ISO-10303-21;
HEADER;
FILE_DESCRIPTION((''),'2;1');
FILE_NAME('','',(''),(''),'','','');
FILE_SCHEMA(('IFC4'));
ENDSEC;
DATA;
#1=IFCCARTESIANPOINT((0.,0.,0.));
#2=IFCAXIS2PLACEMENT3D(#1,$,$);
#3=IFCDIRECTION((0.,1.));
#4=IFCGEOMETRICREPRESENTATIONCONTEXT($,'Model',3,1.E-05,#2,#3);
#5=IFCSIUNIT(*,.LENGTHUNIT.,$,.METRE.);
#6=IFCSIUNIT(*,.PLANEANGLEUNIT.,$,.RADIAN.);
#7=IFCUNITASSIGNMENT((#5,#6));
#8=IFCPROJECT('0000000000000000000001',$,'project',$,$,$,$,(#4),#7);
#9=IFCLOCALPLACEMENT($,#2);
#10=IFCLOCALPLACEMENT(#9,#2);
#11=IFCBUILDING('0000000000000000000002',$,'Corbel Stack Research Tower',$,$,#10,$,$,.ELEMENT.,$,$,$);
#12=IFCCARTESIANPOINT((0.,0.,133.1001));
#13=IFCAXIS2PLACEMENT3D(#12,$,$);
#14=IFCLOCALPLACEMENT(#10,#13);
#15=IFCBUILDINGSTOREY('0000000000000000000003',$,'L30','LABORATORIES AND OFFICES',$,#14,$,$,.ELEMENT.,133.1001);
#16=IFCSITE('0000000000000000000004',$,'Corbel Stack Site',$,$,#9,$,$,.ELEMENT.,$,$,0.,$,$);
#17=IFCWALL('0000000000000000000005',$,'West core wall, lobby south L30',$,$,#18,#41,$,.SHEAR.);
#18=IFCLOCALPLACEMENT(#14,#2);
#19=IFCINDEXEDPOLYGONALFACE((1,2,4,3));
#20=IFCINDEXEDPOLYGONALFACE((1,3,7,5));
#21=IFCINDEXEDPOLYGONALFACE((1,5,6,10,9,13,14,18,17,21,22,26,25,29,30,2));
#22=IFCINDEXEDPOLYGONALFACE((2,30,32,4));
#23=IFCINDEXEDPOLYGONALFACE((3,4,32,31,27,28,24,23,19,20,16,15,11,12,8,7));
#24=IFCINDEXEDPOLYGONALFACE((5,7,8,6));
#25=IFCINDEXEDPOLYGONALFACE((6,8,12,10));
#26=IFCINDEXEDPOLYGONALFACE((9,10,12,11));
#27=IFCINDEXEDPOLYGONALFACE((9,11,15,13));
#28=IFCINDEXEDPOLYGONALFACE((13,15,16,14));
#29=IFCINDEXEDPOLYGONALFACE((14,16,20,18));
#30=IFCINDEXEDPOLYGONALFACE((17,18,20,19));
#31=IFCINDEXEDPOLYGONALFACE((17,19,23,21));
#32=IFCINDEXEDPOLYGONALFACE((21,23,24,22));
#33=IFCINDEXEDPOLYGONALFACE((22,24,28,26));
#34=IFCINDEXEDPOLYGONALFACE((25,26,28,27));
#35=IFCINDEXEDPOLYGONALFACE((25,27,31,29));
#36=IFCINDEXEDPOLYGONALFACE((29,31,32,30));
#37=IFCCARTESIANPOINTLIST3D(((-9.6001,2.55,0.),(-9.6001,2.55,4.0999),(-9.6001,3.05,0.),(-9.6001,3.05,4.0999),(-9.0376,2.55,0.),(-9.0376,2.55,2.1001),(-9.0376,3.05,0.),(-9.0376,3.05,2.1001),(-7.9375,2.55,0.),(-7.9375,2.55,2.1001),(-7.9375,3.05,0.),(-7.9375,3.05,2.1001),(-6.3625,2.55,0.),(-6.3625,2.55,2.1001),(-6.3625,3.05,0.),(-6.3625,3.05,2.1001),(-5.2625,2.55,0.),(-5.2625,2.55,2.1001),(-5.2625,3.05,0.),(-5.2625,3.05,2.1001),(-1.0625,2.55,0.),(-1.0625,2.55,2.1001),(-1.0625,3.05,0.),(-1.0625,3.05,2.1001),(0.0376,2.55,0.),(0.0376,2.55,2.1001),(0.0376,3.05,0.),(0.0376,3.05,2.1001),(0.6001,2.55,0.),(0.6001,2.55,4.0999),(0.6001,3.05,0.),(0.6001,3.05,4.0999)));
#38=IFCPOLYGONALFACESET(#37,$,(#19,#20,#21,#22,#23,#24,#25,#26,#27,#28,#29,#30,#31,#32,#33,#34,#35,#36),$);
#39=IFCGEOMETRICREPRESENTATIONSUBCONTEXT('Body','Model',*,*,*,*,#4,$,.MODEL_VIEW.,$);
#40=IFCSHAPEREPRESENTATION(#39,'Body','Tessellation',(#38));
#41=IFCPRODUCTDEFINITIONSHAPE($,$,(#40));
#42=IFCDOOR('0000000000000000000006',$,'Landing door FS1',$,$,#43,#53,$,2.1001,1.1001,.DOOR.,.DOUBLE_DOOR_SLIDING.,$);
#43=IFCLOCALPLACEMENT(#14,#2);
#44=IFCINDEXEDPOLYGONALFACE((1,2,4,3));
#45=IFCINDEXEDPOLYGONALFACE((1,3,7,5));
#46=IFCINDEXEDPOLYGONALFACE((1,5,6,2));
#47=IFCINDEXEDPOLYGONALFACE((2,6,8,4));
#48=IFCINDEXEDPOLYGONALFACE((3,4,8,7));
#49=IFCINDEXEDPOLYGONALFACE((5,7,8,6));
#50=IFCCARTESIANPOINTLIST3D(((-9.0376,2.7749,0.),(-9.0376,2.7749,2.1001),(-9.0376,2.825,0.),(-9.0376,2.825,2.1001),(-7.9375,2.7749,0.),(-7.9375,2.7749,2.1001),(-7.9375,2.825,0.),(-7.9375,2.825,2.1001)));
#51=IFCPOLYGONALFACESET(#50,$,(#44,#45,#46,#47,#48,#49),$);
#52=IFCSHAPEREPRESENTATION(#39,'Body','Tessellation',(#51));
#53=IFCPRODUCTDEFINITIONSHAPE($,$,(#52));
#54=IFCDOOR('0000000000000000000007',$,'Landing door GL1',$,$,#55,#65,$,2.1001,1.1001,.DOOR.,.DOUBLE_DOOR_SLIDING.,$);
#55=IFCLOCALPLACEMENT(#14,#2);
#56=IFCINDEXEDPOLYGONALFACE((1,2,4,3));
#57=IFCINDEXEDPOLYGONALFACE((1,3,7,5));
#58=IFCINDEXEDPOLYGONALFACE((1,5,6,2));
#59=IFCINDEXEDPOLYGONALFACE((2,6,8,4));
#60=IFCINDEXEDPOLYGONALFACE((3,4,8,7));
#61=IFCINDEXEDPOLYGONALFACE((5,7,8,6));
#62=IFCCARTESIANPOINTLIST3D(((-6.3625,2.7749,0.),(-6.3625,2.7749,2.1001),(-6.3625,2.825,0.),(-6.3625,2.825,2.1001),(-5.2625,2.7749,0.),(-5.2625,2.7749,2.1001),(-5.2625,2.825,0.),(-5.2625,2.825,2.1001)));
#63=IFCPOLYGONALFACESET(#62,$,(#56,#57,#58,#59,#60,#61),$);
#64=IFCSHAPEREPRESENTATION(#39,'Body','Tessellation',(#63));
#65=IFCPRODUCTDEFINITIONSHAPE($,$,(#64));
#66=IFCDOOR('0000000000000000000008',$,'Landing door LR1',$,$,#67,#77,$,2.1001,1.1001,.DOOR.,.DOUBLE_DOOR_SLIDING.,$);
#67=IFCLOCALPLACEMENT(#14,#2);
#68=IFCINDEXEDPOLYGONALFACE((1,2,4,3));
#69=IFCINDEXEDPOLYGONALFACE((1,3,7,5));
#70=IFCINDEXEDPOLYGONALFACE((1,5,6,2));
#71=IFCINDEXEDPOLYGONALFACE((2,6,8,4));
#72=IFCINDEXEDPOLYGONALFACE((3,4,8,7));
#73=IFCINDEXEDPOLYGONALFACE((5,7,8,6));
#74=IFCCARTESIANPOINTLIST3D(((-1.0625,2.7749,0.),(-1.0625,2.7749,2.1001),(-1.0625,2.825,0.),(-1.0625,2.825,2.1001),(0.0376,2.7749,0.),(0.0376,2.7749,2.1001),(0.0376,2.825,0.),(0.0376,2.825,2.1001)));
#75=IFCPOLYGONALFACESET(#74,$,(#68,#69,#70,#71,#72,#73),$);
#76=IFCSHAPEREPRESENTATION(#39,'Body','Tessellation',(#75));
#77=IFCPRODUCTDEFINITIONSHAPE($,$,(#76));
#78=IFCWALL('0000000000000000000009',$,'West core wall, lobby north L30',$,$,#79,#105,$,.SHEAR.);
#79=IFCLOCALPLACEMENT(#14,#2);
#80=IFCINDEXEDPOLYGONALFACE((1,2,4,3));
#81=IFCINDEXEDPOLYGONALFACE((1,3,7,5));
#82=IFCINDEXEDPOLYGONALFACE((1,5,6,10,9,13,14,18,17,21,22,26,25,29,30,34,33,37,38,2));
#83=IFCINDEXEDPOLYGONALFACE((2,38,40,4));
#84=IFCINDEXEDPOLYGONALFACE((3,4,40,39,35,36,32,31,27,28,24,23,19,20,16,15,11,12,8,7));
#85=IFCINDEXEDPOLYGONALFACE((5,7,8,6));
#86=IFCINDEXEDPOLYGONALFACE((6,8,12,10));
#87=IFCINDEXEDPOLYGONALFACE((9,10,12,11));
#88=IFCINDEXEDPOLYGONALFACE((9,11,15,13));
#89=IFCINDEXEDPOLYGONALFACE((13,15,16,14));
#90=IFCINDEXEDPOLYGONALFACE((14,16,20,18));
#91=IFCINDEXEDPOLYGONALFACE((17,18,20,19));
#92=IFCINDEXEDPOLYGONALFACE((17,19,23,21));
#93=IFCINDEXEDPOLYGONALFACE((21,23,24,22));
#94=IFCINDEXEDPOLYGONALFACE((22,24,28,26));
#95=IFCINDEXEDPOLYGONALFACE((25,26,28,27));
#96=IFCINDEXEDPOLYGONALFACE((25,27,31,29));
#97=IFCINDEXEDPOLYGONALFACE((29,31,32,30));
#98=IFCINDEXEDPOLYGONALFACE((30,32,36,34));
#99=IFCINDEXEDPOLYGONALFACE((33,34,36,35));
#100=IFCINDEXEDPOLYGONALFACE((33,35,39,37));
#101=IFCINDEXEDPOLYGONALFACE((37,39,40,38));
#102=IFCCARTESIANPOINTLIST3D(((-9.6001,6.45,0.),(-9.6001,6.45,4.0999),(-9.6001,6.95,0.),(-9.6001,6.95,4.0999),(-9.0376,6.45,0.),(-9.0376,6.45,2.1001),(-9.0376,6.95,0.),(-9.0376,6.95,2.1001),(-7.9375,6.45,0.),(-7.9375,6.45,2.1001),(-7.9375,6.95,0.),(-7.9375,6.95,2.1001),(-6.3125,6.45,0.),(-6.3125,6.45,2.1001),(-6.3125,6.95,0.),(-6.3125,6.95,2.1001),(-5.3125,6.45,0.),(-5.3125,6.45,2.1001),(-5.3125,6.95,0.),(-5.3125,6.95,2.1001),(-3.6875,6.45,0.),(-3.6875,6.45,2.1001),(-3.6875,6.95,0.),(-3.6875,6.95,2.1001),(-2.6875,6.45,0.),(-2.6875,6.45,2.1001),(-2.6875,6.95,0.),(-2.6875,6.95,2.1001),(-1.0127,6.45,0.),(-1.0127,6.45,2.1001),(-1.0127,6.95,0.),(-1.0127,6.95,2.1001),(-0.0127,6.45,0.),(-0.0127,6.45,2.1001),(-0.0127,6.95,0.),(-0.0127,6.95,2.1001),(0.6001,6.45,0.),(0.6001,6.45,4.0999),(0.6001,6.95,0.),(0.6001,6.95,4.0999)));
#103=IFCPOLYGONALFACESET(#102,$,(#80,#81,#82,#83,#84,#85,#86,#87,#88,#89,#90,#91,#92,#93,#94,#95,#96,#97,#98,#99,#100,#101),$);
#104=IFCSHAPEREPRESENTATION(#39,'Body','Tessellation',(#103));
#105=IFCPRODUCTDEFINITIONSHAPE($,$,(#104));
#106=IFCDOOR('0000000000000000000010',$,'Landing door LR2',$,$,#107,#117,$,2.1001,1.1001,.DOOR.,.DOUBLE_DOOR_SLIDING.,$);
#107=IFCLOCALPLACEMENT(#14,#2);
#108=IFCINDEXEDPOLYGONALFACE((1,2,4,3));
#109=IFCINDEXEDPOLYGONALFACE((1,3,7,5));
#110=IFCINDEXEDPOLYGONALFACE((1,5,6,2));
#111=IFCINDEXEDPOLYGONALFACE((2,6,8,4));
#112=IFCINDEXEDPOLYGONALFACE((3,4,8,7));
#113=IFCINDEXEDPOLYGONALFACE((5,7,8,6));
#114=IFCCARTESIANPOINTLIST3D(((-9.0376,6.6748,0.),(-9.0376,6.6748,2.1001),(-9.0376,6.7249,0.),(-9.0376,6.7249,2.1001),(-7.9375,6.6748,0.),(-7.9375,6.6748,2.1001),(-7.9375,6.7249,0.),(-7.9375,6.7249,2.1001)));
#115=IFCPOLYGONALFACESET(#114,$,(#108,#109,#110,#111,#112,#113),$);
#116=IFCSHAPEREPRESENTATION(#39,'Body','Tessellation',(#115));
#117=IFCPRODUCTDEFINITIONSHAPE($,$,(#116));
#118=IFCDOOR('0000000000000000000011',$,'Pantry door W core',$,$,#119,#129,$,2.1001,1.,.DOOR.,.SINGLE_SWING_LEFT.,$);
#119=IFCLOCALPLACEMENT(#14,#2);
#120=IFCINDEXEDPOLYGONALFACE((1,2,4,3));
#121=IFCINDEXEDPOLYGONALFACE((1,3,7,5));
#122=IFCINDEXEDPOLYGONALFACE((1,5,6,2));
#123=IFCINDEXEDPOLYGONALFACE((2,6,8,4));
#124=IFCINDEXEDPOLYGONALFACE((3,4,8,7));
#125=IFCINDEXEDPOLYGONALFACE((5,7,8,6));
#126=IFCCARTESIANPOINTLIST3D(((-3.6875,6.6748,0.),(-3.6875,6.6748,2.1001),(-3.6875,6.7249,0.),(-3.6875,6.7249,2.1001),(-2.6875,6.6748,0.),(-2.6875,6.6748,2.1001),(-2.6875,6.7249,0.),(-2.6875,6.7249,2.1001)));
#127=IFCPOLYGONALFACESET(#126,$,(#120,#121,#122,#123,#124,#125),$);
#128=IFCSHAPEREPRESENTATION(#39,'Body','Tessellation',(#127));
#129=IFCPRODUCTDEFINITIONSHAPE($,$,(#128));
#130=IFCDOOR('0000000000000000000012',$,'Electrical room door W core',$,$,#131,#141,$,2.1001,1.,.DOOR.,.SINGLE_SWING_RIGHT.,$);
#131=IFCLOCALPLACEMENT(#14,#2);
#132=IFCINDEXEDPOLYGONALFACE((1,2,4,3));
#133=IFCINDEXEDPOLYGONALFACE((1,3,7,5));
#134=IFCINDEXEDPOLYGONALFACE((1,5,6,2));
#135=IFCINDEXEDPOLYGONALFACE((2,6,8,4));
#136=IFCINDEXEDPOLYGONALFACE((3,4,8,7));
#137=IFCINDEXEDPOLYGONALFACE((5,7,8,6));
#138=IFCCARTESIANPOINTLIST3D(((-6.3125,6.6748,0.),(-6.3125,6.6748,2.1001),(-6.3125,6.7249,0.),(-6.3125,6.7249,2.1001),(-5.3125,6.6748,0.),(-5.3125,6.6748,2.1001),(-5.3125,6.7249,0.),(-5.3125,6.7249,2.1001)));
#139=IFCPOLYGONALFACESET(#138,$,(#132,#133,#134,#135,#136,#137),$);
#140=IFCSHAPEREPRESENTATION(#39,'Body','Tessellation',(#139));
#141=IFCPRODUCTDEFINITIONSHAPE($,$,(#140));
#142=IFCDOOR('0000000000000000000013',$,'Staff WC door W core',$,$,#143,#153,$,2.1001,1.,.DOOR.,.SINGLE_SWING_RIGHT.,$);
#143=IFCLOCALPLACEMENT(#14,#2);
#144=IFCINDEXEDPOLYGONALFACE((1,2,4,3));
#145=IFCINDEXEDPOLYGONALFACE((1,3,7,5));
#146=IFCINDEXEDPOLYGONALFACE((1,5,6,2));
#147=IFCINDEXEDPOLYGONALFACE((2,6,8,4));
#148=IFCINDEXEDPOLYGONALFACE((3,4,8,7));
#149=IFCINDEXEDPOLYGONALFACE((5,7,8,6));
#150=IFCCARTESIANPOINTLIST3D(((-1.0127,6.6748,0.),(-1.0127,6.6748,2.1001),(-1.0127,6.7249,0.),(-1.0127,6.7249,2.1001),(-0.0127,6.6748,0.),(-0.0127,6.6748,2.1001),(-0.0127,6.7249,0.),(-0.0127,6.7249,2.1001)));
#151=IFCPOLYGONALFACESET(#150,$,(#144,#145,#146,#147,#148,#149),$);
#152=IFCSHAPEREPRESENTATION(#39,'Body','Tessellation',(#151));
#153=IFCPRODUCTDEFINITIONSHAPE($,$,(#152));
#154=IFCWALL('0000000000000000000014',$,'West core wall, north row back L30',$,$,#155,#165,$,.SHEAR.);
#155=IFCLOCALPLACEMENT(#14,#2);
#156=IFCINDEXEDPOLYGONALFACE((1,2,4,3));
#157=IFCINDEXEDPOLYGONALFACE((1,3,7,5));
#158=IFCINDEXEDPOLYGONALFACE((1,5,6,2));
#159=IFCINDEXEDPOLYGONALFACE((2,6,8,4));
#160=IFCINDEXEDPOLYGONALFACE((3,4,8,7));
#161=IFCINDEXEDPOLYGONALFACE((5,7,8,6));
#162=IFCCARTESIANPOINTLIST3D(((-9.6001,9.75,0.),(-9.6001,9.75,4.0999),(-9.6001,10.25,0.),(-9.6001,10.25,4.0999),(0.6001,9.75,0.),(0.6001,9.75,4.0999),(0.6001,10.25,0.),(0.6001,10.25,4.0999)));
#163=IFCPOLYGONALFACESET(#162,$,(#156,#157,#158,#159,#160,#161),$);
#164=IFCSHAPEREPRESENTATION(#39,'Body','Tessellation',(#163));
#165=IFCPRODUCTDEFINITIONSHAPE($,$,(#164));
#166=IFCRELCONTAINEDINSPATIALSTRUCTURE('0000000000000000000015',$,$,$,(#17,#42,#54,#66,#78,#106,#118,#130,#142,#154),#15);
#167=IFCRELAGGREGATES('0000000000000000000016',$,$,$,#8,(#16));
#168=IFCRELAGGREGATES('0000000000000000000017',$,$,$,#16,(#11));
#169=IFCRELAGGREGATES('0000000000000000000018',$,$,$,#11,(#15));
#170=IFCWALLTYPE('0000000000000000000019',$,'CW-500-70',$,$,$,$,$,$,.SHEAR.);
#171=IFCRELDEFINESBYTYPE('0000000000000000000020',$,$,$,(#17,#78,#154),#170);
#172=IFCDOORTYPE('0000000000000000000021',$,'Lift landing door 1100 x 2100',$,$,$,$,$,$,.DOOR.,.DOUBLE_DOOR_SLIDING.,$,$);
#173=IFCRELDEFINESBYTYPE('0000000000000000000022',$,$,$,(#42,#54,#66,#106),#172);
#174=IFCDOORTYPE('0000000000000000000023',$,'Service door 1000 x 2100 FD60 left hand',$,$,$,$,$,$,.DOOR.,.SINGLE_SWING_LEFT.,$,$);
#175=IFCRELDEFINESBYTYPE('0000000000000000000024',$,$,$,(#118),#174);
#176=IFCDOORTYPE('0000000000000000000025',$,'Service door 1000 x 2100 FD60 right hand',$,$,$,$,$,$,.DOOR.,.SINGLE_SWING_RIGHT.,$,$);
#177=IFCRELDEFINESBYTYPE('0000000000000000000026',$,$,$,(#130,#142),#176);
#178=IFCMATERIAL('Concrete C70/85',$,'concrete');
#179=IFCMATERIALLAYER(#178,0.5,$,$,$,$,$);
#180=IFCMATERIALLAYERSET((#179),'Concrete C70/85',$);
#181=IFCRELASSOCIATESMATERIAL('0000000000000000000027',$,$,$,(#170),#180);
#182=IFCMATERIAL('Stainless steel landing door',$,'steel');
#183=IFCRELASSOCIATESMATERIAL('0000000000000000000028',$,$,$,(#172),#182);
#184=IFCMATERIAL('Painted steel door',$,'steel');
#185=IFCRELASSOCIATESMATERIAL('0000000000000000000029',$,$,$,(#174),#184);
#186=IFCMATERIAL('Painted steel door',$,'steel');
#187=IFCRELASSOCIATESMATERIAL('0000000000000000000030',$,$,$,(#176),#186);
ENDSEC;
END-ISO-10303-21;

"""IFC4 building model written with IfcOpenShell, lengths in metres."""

from ifc_helpers import new_model, si_unit, direction, frame, frame_2d, origin, place, context, subcontext, project, spatial, rectangle, extrude, material, layer, layer_set, type_object, element, fill, save


model = new_model("IFC4")

# Units and contexts
model_context = context("Model", 3, precision=1e-05, world=origin(), true_north=direction((0.0, 1.0)))
body_context = subcontext(model_context, "Body", "Model", "MODEL_VIEW")
ifc_project = project(units=[si_unit("LENGTHUNIT", "METRE"), si_unit("PLANEANGLEUNIT", "RADIAN")], contexts=[model_context])

# Site, building, storey
site_placement = place(None, origin())
site = spatial("IfcSite", under=ifc_project, at=site_placement, Name="Corbel Stack Site", CompositionType="ELEMENT", RefElevation=0.0)
building_placement = place(site_placement, origin())
building = spatial("IfcBuilding", under=site, at=building_placement, Name="Corbel Stack Research Tower", CompositionType="ELEMENT")
storey_placement = place(building_placement, frame((0.0, 0.0, 133.1001)))
storey = spatial("IfcBuildingStorey", under=building, at=storey_placement, Name="L30", Description="LABORATORIES AND OFFICES", CompositionType="ELEMENT", Elevation=133.1001)

# Walls, openings, doors
ifc_material_1 = material(Name="Concrete C70/85", Category="concrete")
ifc_layer_1 = layer(ifc_material_1, 0.5)
ifc_layer_set_1 = layer_set([ifc_layer_1], Name="Concrete C70/85")
wall_type_1 = type_object("IfcWallType", Name="CW-500-70", PredefinedType="SHEAR", material=ifc_layer_set_1)
wall_1_placement = place(storey_placement, frame((-9.6001, 2.8, 0.0), z_axis=(0.0, 0.0, 1.0), x_axis=(1.0, 0.0, 0.0)))
wall_1 = element("IfcWall", 1, at=wall_1_placement, inside=storey, type_object=wall_type_1, Name="West core wall, lobby south L30", PredefinedType="SHEAR", context=body_context, shape_type="SweptSolid", body=[
    extrude(rectangle(XDim=10.2002, YDim=0.5, at=frame_2d((5.1001, 0.0))), origin(), (0.0, 0.0, 1.0), 4.0999),
])
opening_1_placement = place(wall_1_placement, frame((0.5625, 0.0, 0.0)))
opening_1 = element("IfcOpeningElement", 2, at=opening_1_placement, cuts=wall_1, PredefinedType="OPENING", context=body_context, shape_type="SweptSolid", body=[
    extrude(rectangle(XDim=1.1001, YDim=2.1001, at=frame_2d((0.55, 1.05))), frame((0.0, 0.26, 0.0), z_axis=(0.0, -1.0, 0.0), x_axis=(1.0, 0.0, 0.0)), (0.0, 0.0, 1.0), 0.52),
])
opening_2_placement = place(wall_1_placement, frame((3.2375, 0.0, 0.0)))
opening_2 = element("IfcOpeningElement", 3, at=opening_2_placement, cuts=wall_1, PredefinedType="OPENING", context=body_context, shape_type="SweptSolid", body=[
    extrude(rectangle(XDim=1.1001, YDim=2.1001, at=frame_2d((0.55, 1.05))), frame((0.0, 0.26, 0.0), z_axis=(0.0, -1.0, 0.0), x_axis=(1.0, 0.0, 0.0)), (0.0, 0.0, 1.0), 0.52),
])
opening_3_placement = place(wall_1_placement, frame((8.5376, 0.0, 0.0)))
opening_3 = element("IfcOpeningElement", 4, at=opening_3_placement, cuts=wall_1, PredefinedType="OPENING", context=body_context, shape_type="SweptSolid", body=[
    extrude(rectangle(XDim=1.1001, YDim=2.1001, at=frame_2d((0.55, 1.05))), frame((0.0, 0.26, 0.0), z_axis=(0.0, -1.0, 0.0), x_axis=(1.0, 0.0, 0.0)), (0.0, 0.0, 1.0), 0.52),
])
ifc_material_2 = material(Name="Stainless steel landing door", Category="steel")
door_type_1 = type_object("IfcDoorType", Name="Lift landing door 1100 x 2100", OperationType="DOUBLE_DOOR_SLIDING", PredefinedType="DOOR", material=ifc_material_2)
door_1_placement = place(opening_1_placement, origin())
door_1 = element("IfcDoor", 5, at=door_1_placement, inside=storey, type_object=door_type_1, Name="Landing door FS1", OperationType="DOUBLE_DOOR_SLIDING", OverallHeight=2.1001, OverallWidth=1.1001, PredefinedType="DOOR", context=body_context, shape_type="SweptSolid", body=[
    extrude(rectangle(XDim=1.1001, YDim=2.1001, at=frame_2d((0.55, 1.05))), frame((0.0, 0.0249, 0.0), z_axis=(0.0, -1.0, 0.0), x_axis=(1.0, 0.0, 0.0)), (0.0, 0.0, 1.0), 0.05),
])
fill(opening_1, door_1)
door_2_placement = place(opening_2_placement, origin())
door_2 = element("IfcDoor", 6, at=door_2_placement, inside=storey, type_object=door_type_1, Name="Landing door GL1", OperationType="DOUBLE_DOOR_SLIDING", OverallHeight=2.1001, OverallWidth=1.1001, PredefinedType="DOOR", context=body_context, shape_type="SweptSolid", body=[
    extrude(rectangle(XDim=1.1001, YDim=2.1001, at=frame_2d((0.55, 1.05))), frame((0.0, 0.0249, 0.0), z_axis=(0.0, -1.0, 0.0), x_axis=(1.0, 0.0, 0.0)), (0.0, 0.0, 1.0), 0.05),
])
fill(opening_2, door_2)
door_3_placement = place(opening_3_placement, origin())
door_3 = element("IfcDoor", 7, at=door_3_placement, inside=storey, type_object=door_type_1, Name="Landing door LR1", OperationType="DOUBLE_DOOR_SLIDING", OverallHeight=2.1001, OverallWidth=1.1001, PredefinedType="DOOR", context=body_context, shape_type="SweptSolid", body=[
    extrude(rectangle(XDim=1.1001, YDim=2.1001, at=frame_2d((0.55, 1.05))), frame((0.0, 0.0249, 0.0), z_axis=(0.0, -1.0, 0.0), x_axis=(1.0, 0.0, 0.0)), (0.0, 0.0, 1.0), 0.05),
])
fill(opening_3, door_3)
wall_2_placement = place(storey_placement, frame((-9.6001, 6.7, 0.0), z_axis=(0.0, 0.0, 1.0), x_axis=(1.0, 0.0, 0.0)))
wall_2 = element("IfcWall", 8, at=wall_2_placement, inside=storey, type_object=wall_type_1, Name="West core wall, lobby north L30", PredefinedType="SHEAR", context=body_context, shape_type="SweptSolid", body=[
    extrude(rectangle(XDim=10.2002, YDim=0.5, at=frame_2d((5.1001, 0.0))), origin(), (0.0, 0.0, 1.0), 4.0999),
])
opening_4_placement = place(wall_2_placement, frame((0.5625, 0.0, 0.0)))
opening_4 = element("IfcOpeningElement", 9, at=opening_4_placement, cuts=wall_2, PredefinedType="OPENING", context=body_context, shape_type="SweptSolid", body=[
    extrude(rectangle(XDim=1.1001, YDim=2.1001, at=frame_2d((0.55, 1.05))), frame((0.0, 0.26, 0.0), z_axis=(0.0, -1.0, 0.0), x_axis=(1.0, 0.0, 0.0)), (0.0, 0.0, 1.0), 0.52),
])
opening_5_placement = place(wall_2_placement, frame((3.2876, 0.0, 0.0)))
opening_5 = element("IfcOpeningElement", 10, at=opening_5_placement, cuts=wall_2, PredefinedType="OPENING", context=body_context, shape_type="SweptSolid", body=[
    extrude(rectangle(XDim=1.0, YDim=2.1001, at=frame_2d((0.5, 1.05))), frame((0.0, 0.26, 0.0), z_axis=(0.0, -1.0, 0.0), x_axis=(1.0, 0.0, 0.0)), (0.0, 0.0, 1.0), 0.52),
])
opening_6_placement = place(wall_2_placement, frame((5.9126, 0.0, 0.0)))
opening_6 = element("IfcOpeningElement", 11, at=opening_6_placement, cuts=wall_2, PredefinedType="OPENING", context=body_context, shape_type="SweptSolid", body=[
    extrude(rectangle(XDim=1.0, YDim=2.1001, at=frame_2d((0.5, 1.05))), frame((0.0, 0.26, 0.0), z_axis=(0.0, -1.0, 0.0), x_axis=(1.0, 0.0, 0.0)), (0.0, 0.0, 1.0), 0.52),
])
opening_7_placement = place(wall_2_placement, frame((8.5874, 0.0, 0.0)))
opening_7 = element("IfcOpeningElement", 12, at=opening_7_placement, cuts=wall_2, PredefinedType="OPENING", context=body_context, shape_type="SweptSolid", body=[
    extrude(rectangle(XDim=1.0, YDim=2.1001, at=frame_2d((0.5, 1.05))), frame((0.0, 0.26, 0.0), z_axis=(0.0, -1.0, 0.0), x_axis=(1.0, 0.0, 0.0)), (0.0, 0.0, 1.0), 0.52),
])
door_4_placement = place(opening_4_placement, origin())
door_4 = element("IfcDoor", 13, at=door_4_placement, inside=storey, type_object=door_type_1, Name="Landing door LR2", OperationType="DOUBLE_DOOR_SLIDING", OverallHeight=2.1001, OverallWidth=1.1001, PredefinedType="DOOR", context=body_context, shape_type="SweptSolid", body=[
    extrude(rectangle(XDim=1.1001, YDim=2.1001, at=frame_2d((0.55, 1.05))), frame((0.0, 0.0249, 0.0), z_axis=(0.0, -1.0, 0.0), x_axis=(1.0, 0.0, 0.0)), (0.0, 0.0, 1.0), 0.05),
])
fill(opening_4, door_4)
ifc_material_3 = material(Name="Painted steel door", Category="steel")
door_type_2 = type_object("IfcDoorType", Name="Service door 1000 x 2100 FD60 left hand", OperationType="SINGLE_SWING_LEFT", PredefinedType="DOOR", material=ifc_material_3)
door_5_placement = place(opening_6_placement, origin())
door_5 = element("IfcDoor", 14, at=door_5_placement, inside=storey, type_object=door_type_2, Name="Pantry door W core", OperationType="SINGLE_SWING_LEFT", OverallHeight=2.1001, OverallWidth=1.0, PredefinedType="DOOR", context=body_context, shape_type="SweptSolid", body=[
    extrude(rectangle(XDim=1.0, YDim=2.1001, at=frame_2d((0.5, 1.05))), frame((0.0, 0.0249, 0.0), z_axis=(0.0, -1.0, 0.0), x_axis=(1.0, 0.0, 0.0)), (0.0, 0.0, 1.0), 0.05),
])
fill(opening_6, door_5)
ifc_material_4 = material(Name="Painted steel door", Category="steel")
door_type_3 = type_object("IfcDoorType", Name="Service door 1000 x 2100 FD60 right hand", OperationType="SINGLE_SWING_RIGHT", PredefinedType="DOOR", material=ifc_material_4)
door_6_placement = place(opening_5_placement, origin())
door_6 = element("IfcDoor", 15, at=door_6_placement, inside=storey, type_object=door_type_3, Name="Electrical room door W core", OperationType="SINGLE_SWING_RIGHT", OverallHeight=2.1001, OverallWidth=1.0, PredefinedType="DOOR", context=body_context, shape_type="SweptSolid", body=[
    extrude(rectangle(XDim=1.0, YDim=2.1001, at=frame_2d((0.5, 1.05))), frame((0.0, 0.0249, 0.0), z_axis=(0.0, -1.0, 0.0), x_axis=(1.0, 0.0, 0.0)), (0.0, 0.0, 1.0), 0.05),
])
fill(opening_5, door_6)
door_7_placement = place(opening_7_placement, origin())
door_7 = element("IfcDoor", 16, at=door_7_placement, inside=storey, type_object=door_type_3, Name="Staff WC door W core", OperationType="SINGLE_SWING_RIGHT", OverallHeight=2.1001, OverallWidth=1.0, PredefinedType="DOOR", context=body_context, shape_type="SweptSolid", body=[
    extrude(rectangle(XDim=1.0, YDim=2.1001, at=frame_2d((0.5, 1.05))), frame((0.0, 0.0249, 0.0), z_axis=(0.0, -1.0, 0.0), x_axis=(1.0, 0.0, 0.0)), (0.0, 0.0, 1.0), 0.05),
])
fill(opening_7, door_7)

# Wall
wall_3_placement = place(storey_placement, frame((-9.6001, 10.0, 0.0), z_axis=(0.0, 0.0, 1.0), x_axis=(1.0, 0.0, 0.0)))
element("IfcWall", 17, at=wall_3_placement, inside=storey, type_object=wall_type_1, Name="West core wall, north row back L30", PredefinedType="SHEAR", context=body_context, shape_type="SweptSolid", body=[
    extrude(rectangle(XDim=10.2002, YDim=0.5, at=frame_2d((5.1001, 0.0))), origin(), (0.0, 0.0, 1.0), 4.0999),
])

save(model, "model.ifc")
